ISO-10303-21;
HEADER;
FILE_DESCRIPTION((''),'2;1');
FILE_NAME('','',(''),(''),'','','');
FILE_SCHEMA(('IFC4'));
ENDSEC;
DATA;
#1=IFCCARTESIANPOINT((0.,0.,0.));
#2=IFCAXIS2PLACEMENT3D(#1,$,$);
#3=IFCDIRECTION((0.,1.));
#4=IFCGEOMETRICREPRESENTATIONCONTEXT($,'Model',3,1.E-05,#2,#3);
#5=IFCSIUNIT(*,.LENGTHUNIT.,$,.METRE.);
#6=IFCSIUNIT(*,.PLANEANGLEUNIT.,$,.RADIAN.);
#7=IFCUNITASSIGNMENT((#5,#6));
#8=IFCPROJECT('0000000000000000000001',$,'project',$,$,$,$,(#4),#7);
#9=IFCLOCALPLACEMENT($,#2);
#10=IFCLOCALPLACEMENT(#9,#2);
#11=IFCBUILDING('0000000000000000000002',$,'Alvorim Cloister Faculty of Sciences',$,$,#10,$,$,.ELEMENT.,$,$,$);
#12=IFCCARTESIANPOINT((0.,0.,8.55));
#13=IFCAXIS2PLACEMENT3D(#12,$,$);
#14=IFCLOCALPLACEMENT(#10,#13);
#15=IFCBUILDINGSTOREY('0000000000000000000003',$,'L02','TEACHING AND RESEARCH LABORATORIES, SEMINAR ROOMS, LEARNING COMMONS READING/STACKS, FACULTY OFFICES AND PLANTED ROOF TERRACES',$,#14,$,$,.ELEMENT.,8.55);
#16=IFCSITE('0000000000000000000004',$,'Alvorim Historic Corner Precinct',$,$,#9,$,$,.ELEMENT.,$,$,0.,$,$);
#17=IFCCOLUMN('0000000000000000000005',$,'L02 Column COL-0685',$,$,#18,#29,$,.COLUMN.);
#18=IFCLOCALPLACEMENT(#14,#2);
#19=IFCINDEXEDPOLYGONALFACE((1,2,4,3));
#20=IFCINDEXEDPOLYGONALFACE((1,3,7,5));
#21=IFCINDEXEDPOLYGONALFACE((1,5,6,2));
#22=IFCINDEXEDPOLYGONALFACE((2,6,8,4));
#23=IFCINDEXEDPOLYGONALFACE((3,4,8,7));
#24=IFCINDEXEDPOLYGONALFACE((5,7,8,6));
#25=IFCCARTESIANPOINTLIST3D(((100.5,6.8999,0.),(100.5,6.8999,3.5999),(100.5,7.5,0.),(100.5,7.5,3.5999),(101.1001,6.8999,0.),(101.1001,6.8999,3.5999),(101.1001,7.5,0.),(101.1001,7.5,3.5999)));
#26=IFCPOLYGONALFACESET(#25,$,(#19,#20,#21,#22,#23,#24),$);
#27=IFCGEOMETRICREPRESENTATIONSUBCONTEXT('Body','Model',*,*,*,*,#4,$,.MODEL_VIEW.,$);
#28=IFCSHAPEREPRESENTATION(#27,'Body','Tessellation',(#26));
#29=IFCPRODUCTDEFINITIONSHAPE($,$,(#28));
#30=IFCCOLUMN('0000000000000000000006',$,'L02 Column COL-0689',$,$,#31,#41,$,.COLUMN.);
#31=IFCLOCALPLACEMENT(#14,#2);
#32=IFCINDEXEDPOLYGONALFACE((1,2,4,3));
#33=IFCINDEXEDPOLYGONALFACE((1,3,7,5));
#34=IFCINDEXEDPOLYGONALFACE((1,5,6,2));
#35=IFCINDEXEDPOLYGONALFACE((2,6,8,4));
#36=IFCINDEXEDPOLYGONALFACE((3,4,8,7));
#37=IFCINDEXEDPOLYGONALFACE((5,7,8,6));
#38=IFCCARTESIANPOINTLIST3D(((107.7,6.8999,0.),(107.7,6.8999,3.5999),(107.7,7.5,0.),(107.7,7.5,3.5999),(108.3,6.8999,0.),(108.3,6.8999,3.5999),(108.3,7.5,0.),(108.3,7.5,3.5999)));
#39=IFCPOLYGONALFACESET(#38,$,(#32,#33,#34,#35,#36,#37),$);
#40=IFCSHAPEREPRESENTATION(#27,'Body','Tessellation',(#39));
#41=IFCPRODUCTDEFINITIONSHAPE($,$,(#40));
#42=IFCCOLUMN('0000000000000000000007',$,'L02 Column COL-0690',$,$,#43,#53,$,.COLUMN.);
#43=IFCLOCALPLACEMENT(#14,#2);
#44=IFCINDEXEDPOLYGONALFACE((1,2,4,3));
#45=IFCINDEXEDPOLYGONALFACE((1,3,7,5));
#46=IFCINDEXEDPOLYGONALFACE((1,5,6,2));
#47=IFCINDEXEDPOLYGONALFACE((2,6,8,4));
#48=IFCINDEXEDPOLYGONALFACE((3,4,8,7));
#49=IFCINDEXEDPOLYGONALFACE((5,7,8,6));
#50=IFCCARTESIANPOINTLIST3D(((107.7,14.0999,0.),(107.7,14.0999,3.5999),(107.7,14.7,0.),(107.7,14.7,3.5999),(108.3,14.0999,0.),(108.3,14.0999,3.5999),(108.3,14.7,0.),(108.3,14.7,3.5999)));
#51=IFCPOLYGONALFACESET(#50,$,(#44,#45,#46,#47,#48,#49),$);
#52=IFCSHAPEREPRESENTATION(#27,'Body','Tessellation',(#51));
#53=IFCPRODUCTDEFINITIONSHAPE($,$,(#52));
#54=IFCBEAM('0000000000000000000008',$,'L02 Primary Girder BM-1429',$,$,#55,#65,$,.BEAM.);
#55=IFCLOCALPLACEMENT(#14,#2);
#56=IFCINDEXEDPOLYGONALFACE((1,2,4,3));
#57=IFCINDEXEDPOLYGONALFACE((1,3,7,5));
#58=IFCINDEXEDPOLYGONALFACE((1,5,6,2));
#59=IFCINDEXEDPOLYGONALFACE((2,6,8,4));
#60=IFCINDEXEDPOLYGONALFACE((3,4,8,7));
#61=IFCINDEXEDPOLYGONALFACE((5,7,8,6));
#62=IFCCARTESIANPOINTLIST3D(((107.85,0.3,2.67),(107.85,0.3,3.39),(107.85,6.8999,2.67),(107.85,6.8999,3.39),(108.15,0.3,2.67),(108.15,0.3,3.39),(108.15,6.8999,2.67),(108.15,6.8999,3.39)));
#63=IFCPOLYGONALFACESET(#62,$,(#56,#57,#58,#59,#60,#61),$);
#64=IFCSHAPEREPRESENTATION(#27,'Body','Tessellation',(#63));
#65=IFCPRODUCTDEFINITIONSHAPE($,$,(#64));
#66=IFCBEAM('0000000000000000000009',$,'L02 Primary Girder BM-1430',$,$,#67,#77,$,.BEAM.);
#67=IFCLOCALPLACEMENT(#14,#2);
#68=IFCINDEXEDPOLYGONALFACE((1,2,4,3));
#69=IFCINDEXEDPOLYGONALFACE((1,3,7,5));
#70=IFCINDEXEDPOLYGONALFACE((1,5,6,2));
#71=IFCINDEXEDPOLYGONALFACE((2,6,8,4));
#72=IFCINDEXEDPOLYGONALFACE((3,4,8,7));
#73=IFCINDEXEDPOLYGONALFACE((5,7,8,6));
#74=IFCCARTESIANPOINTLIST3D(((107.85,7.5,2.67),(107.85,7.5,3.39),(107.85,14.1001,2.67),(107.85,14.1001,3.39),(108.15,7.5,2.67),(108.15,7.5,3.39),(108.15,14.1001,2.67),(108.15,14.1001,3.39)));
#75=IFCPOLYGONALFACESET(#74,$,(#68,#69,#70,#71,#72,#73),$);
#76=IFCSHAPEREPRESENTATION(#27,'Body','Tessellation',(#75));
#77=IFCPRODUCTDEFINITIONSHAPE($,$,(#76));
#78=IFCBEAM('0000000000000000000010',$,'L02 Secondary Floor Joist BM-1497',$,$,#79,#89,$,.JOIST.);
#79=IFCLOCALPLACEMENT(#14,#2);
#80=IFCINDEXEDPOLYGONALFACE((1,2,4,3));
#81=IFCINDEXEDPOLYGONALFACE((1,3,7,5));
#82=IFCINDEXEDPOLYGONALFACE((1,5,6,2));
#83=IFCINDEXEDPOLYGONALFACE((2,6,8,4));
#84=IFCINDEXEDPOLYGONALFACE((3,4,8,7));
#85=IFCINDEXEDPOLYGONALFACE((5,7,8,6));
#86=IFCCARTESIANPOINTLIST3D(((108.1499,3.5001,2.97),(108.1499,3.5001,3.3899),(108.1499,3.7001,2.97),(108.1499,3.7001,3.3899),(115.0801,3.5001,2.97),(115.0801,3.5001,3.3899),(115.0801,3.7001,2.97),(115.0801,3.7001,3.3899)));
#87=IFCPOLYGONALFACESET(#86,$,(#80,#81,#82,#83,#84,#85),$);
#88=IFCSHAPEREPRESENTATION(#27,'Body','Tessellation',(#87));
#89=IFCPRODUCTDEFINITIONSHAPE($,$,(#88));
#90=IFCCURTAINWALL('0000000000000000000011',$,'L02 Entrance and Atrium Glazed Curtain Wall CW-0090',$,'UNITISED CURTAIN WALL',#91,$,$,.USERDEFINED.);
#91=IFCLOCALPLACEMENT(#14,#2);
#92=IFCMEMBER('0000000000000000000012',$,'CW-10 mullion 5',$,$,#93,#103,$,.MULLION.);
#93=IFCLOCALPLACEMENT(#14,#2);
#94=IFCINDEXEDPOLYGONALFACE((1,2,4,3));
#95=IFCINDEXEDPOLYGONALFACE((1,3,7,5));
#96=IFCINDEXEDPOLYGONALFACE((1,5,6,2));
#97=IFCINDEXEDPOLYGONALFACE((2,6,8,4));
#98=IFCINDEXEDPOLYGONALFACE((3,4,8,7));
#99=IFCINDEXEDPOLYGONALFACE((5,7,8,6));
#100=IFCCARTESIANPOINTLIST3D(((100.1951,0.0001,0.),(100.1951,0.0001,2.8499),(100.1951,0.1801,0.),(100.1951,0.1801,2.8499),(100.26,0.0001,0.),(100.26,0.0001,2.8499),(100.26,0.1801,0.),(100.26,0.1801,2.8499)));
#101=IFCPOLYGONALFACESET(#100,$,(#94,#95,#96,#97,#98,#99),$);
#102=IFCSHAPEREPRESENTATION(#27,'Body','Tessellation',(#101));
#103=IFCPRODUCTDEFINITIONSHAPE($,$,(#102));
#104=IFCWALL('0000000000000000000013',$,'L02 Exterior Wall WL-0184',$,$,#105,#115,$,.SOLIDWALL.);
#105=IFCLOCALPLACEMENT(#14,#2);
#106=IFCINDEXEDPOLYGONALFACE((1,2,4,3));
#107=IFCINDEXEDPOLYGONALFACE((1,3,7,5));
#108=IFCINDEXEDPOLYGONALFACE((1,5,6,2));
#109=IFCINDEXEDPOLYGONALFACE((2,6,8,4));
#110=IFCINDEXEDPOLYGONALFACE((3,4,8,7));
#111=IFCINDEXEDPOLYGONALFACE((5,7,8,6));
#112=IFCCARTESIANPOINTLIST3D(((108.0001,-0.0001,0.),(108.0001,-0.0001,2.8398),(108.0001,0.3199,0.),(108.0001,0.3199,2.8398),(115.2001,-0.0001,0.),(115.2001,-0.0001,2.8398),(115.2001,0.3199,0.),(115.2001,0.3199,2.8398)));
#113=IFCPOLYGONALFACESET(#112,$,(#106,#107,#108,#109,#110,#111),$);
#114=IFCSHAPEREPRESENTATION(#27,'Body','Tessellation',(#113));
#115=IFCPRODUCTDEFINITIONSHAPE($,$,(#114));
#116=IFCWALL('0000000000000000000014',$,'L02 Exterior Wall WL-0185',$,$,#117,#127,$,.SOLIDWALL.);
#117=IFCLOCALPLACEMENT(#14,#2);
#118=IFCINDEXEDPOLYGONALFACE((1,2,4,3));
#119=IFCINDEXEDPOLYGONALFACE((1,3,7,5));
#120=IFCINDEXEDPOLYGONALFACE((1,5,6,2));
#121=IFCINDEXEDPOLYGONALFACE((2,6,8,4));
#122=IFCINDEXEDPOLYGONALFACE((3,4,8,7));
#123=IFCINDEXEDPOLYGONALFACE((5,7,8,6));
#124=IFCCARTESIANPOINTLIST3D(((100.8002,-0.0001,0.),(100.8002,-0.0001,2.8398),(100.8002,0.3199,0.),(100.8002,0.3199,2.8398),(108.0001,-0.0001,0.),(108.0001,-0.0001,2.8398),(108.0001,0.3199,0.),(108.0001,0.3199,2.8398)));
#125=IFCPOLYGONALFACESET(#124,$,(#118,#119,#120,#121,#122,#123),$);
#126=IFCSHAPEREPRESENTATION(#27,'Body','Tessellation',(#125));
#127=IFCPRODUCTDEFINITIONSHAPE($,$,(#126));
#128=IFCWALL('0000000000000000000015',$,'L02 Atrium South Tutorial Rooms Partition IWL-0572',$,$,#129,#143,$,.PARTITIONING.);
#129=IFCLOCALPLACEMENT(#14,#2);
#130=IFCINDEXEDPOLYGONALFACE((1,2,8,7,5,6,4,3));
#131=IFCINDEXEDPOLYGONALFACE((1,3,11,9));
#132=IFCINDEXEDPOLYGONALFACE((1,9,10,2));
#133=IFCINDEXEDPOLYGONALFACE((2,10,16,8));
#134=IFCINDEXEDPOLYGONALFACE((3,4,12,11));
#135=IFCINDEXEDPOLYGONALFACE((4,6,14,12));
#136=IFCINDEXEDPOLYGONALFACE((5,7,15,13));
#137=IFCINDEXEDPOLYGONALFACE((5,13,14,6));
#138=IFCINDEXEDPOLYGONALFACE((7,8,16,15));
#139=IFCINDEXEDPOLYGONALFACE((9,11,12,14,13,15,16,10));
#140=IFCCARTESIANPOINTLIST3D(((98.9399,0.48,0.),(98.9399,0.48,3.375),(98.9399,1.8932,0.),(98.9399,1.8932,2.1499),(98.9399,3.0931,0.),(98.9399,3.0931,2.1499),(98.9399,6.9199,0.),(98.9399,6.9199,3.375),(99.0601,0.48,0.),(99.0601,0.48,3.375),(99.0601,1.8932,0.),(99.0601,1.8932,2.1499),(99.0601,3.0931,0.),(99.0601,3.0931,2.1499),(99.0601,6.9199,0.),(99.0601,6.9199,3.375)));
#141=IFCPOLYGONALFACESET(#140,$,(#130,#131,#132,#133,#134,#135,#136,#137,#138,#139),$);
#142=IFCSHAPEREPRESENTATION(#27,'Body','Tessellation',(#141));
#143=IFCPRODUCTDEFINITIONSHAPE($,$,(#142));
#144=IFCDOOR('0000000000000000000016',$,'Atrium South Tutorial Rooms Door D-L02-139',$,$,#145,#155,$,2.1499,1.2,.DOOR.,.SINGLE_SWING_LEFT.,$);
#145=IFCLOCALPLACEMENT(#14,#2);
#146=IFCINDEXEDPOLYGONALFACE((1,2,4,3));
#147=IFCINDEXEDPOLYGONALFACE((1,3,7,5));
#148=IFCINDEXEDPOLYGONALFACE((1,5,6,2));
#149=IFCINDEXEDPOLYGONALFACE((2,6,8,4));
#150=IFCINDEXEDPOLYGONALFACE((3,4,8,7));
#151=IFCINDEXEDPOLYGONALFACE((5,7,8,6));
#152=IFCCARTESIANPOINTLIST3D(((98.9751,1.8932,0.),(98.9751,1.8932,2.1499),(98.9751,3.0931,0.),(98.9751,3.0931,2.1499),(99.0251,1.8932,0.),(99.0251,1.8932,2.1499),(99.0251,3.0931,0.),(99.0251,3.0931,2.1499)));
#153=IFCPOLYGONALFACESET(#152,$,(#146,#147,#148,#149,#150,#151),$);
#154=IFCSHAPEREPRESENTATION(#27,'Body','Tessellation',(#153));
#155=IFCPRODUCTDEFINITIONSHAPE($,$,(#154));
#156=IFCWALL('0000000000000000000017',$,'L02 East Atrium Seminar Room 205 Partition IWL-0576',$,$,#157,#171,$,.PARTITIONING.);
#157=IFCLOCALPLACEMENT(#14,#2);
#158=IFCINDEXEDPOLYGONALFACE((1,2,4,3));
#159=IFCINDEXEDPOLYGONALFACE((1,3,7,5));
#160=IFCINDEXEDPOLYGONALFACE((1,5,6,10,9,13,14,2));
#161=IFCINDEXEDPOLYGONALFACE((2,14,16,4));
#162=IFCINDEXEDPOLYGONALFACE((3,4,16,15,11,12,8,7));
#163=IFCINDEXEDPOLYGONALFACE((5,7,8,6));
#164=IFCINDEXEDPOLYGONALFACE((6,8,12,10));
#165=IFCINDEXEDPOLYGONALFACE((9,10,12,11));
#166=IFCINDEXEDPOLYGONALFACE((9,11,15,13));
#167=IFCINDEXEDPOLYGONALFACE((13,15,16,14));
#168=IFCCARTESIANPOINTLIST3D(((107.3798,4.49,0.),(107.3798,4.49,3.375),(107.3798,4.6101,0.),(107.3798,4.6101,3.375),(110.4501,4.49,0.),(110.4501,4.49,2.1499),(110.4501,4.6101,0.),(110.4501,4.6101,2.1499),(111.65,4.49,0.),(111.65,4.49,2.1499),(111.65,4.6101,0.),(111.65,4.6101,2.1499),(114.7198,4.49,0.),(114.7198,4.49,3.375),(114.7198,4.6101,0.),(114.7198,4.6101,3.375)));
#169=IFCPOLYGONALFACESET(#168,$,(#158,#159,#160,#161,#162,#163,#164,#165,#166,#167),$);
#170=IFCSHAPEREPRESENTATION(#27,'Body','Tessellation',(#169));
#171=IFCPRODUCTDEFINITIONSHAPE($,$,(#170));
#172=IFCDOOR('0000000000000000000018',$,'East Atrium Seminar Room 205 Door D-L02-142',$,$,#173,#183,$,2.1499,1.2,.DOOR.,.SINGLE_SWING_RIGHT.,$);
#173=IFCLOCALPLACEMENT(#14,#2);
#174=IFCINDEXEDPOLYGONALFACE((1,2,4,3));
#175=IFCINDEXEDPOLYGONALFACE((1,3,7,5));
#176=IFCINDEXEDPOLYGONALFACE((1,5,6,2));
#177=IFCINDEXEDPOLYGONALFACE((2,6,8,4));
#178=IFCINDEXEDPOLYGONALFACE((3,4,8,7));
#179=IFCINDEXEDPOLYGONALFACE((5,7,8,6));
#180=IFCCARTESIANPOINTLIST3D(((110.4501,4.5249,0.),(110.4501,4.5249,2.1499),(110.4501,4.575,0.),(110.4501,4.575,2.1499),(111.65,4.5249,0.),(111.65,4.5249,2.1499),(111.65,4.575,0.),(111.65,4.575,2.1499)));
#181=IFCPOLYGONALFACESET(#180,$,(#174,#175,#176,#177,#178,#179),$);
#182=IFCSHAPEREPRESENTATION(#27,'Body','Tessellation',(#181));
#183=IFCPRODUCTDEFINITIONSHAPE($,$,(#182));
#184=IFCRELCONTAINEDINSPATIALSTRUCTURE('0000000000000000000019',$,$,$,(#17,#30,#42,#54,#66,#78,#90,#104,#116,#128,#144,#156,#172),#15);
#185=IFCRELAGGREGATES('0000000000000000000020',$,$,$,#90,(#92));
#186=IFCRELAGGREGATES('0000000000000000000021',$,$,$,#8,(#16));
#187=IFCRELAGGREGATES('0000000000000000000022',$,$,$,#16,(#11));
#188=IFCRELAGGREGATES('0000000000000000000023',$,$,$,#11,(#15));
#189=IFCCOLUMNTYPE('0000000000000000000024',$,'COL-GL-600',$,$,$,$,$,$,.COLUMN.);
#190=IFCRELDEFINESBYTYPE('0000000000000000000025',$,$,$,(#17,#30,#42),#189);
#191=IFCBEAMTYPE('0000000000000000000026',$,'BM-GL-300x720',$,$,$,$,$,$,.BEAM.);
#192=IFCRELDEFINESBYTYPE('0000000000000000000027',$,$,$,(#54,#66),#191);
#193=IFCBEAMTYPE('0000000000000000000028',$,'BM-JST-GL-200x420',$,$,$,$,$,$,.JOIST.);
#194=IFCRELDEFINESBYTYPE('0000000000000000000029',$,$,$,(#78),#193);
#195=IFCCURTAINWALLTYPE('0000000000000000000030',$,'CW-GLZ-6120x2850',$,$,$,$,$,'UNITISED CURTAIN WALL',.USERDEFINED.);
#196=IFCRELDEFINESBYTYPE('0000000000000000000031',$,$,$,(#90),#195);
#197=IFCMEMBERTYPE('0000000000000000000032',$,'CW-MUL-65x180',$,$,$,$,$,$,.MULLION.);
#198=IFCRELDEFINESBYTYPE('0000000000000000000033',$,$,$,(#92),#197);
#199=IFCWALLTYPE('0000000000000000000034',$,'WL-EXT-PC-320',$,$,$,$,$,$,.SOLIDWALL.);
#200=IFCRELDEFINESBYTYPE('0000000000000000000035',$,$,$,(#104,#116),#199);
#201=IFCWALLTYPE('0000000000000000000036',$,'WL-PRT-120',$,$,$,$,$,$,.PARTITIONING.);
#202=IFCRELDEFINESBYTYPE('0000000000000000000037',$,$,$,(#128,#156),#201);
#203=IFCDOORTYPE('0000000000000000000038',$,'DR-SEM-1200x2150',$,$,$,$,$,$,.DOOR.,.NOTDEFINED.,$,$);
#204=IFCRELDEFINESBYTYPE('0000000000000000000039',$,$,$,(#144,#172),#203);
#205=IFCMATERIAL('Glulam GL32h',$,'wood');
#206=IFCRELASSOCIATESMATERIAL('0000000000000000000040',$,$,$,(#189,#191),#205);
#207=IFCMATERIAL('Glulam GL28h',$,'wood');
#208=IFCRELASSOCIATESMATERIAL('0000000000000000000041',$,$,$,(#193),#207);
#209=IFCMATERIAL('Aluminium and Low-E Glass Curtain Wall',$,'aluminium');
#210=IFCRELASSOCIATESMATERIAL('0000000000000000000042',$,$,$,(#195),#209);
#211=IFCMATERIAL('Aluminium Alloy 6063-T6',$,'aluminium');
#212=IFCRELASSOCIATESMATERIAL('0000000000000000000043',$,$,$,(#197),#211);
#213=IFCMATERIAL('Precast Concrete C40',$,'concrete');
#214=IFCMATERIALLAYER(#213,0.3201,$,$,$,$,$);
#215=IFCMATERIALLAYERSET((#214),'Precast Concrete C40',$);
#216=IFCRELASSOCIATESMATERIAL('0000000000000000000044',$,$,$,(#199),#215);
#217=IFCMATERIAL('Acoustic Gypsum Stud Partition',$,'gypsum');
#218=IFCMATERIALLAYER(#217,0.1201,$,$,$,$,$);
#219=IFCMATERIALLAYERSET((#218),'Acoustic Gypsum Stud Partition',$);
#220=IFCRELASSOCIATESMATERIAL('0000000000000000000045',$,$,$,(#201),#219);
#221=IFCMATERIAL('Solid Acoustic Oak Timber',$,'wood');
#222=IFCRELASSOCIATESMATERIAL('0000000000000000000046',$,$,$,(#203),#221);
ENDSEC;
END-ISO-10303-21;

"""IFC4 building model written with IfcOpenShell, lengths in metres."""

from ifc_helpers import new_model, si_unit, direction, frame, frame_2d, origin, origin_2d, place, context, subcontext, project, spatial, rectangle, extrude, material, layer, layer_set, material_profile, profile_set, type_object, element, fill, aggregate, save


model = new_model("IFC4")

# Units and contexts
model_context = context("Model", 3, precision=1e-05, world=origin(), true_north=direction((0.0, 1.0)))
body_context = subcontext(model_context, "Body", "Model", "MODEL_VIEW")
ifc_project = project(units=[si_unit("LENGTHUNIT", "METRE"), si_unit("PLANEANGLEUNIT", "RADIAN")], contexts=[model_context])

# Site, building, storey
site_placement = place(None, origin())
site = spatial("IfcSite", under=ifc_project, at=site_placement, Name="Alvorim Historic Corner Precinct", CompositionType="ELEMENT", RefElevation=0.0)
building_placement = place(site_placement, origin())
building = spatial("IfcBuilding", under=site, at=building_placement, Name="Alvorim Cloister Faculty of Sciences", CompositionType="ELEMENT")
storey_placement = place(building_placement, frame((0.0, 0.0, 8.55)))
storey = spatial("IfcBuildingStorey", under=building, at=storey_placement, Name="L02", Description="TEACHING AND RESEARCH LABORATORIES, SEMINAR ROOMS, LEARNING COMMONS READING/STACKS, FACULTY OFFICES AND PLANTED ROOF TERRACES", CompositionType="ELEMENT", Elevation=8.55)

# Columns
ifc_material_1 = material(Name="Glulam GL32h", Category="wood")
ifc_material_profile_1 = material_profile(ifc_material_1, rectangle(XDim=0.6001, YDim=0.6001, at=origin_2d()), Name="GL32-COL-600x600")
ifc_profile_set_1 = profile_set([ifc_material_profile_1], Name="Glulam GL32h")
column_type = type_object("IfcColumnType", Name="COL-GL-600", PredefinedType="COLUMN", material=ifc_profile_set_1)
for number, where, z_axis, x_axis, name in (
    (1, (100.8, 7.2, 0.0), (0.0, 0.0, 1.0), (1.0, 0.0, 0.0), "L02 Column COL-0685"),
    (2, (108.0, 7.2, 0.0), (0.0, 0.0, 1.0), (1.0, 0.0, 0.0), "L02 Column COL-0689"),
    (3, (108.0, 14.3999, 0.0), (0.0, 0.0, 1.0), (1.0, 0.0, 0.0), "L02 Column COL-0690"),
):
    element("IfcColumn", number, at=place(storey_placement, frame(where, z_axis=z_axis, x_axis=x_axis)), inside=storey, type_object=column_type, Name=name, PredefinedType="COLUMN", context=body_context, shape_type="SweptSolid", body=[
        extrude(rectangle(XDim=0.6001, YDim=0.6001, at=origin_2d()), origin(), (0.0, 0.0, 1.0), 3.5999),
    ])

# Beams
ifc_material_profile_2 = material_profile(ifc_material_1, rectangle(XDim=0.3, YDim=0.72, at=origin_2d()), Name="GL32-BM-300x720")
ifc_profile_set_2 = profile_set([ifc_material_profile_2], Name="Glulam GL32h")
beam_type_1 = type_object("IfcBeamType", Name="BM-GL-300x720", PredefinedType="BEAM", material=ifc_profile_set_2)
beam_1_placement = place(storey_placement, frame((108.0, 0.3, 3.03), z_axis=(0.0, 1.0, 0.0), x_axis=(-1.0, 0.0, 0.0)))
element("IfcBeam", 4, at=beam_1_placement, inside=storey, type_object=beam_type_1, Name="L02 Primary Girder BM-1429", PredefinedType="BEAM", context=body_context, shape_type="SweptSolid", body=[
    extrude(rectangle(XDim=0.3, YDim=0.72, at=origin_2d()), origin(), (0.0, 0.0, 1.0), 6.5999),
])
beam_2_placement = place(storey_placement, frame((108.0, 7.5, 3.03), z_axis=(0.0, 1.0, 0.0), x_axis=(-1.0, 0.0, 0.0)))
element("IfcBeam", 5, at=beam_2_placement, inside=storey, type_object=beam_type_1, Name="L02 Primary Girder BM-1430", PredefinedType="BEAM", context=body_context, shape_type="SweptSolid", body=[
    extrude(rectangle(XDim=0.3, YDim=0.72, at=origin_2d()), origin(), (0.0, 0.0, 1.0), 6.6001),
])
ifc_material_2 = material(Name="Glulam GL28h", Category="wood")
ifc_material_profile_3 = material_profile(ifc_material_2, rectangle(XDim=0.2, YDim=0.4199, at=origin_2d()), Name="GL28-JST-200x420")
ifc_profile_set_3 = profile_set([ifc_material_profile_3], Name="Glulam GL28h")
beam_type_2 = type_object("IfcBeamType", Name="BM-JST-GL-200x420", PredefinedType="JOIST", material=ifc_profile_set_3)
beam_3_placement = place(storey_placement, frame((108.1499, 3.6001, 3.1799), z_axis=(1.0, 0.0, 0.0), x_axis=(0.0, 1.0, 0.0)))
element("IfcBeam", 6, at=beam_3_placement, inside=storey, type_object=beam_type_2, Name="L02 Secondary Floor Joist BM-1497", PredefinedType="JOIST", context=body_context, shape_type="SweptSolid", body=[
    extrude(rectangle(XDim=0.2, YDim=0.4199, at=origin_2d()), origin(), (0.0, 0.0, 1.0), 6.9302),
])

# Curtain wall, member
ifc_material_3 = material(Name="Aluminium and Low-E Glass Curtain Wall", Category="aluminium")
curtain_wall_type = type_object("IfcCurtainWallType", Name="CW-GLZ-6120x2850", ElementType="UNITISED CURTAIN WALL", PredefinedType="USERDEFINED", material=ifc_material_3)
curtain_wall_placement = place(storey_placement, origin())
curtain_wall = element("IfcCurtainWall", 7, at=curtain_wall_placement, inside=storey, type_object=curtain_wall_type, Name="L02 Entrance and Atrium Glazed Curtain Wall CW-0090", ObjectType="UNITISED CURTAIN WALL", PredefinedType="USERDEFINED")
ifc_material_4 = material(Name="Aluminium Alloy 6063-T6", Category="aluminium")
ifc_material_profile_4 = material_profile(ifc_material_4, rectangle(XDim=0.0649, YDim=0.1799, at=origin_2d()), Name="ALU-MUL-65x180")
ifc_profile_set_4 = profile_set([ifc_material_profile_4], Name="Aluminium Alloy 6063-T6")
member_type = type_object("IfcMemberType", Name="CW-MUL-65x180", PredefinedType="MULLION", material=ifc_profile_set_4)
member_placement = place(storey_placement, frame((100.2275, 0.0901, 0.0), z_axis=(0.0, 0.0, 1.0), x_axis=(1.0, 0.0, 0.0)))
member = element("IfcMember", 8, at=member_placement, type_object=member_type, Name="CW-10 mullion 5", PredefinedType="MULLION", context=body_context, shape_type="SweptSolid", body=[
    extrude(rectangle(XDim=0.0649, YDim=0.1799, at=origin_2d()), origin(), (0.0, 0.0, 1.0), 2.8499),
])
aggregate(curtain_wall, [member])

# Walls
ifc_material_5 = material(Name="Precast Concrete C40", Category="concrete")
ifc_layer_1 = layer(ifc_material_5, 0.3201)
ifc_layer_set_1 = layer_set([ifc_layer_1], Name="Precast Concrete C40")
wall_type_1 = type_object("IfcWallType", Name="WL-EXT-PC-320", PredefinedType="SOLIDWALL", material=ifc_layer_set_1)
for number, where, z_axis, x_axis, name in (
    (9, (108.0, 0.1599, 0.0), (0.0, 0.0, 1.0), (1.0, 0.0, 0.0), "L02 Exterior Wall WL-0184"),
    (10, (100.8, 0.1599, 0.0), (0.0, 0.0, 1.0), (1.0, 0.0, 0.0), "L02 Exterior Wall WL-0185"),
):
    element("IfcWall", number, at=place(storey_placement, frame(where, z_axis=z_axis, x_axis=x_axis)), inside=storey, type_object=wall_type_1, Name=name, PredefinedType="SOLIDWALL", context=body_context, shape_type="SweptSolid", body=[
        extrude(rectangle(XDim=7.2, YDim=0.3201, at=frame_2d((3.6001, 0.0))), origin(), (0.0, 0.0, 1.0), 2.8398),
    ])

# Walls, openings, doors
ifc_material_6 = material(Name="Acoustic Gypsum Stud Partition", Category="gypsum")
ifc_layer_2 = layer(ifc_material_6, 0.1201)
ifc_layer_set_2 = layer_set([ifc_layer_2], Name="Acoustic Gypsum Stud Partition")
wall_type_2 = type_object("IfcWallType", Name="WL-PRT-120", PredefinedType="PARTITIONING", material=ifc_layer_set_2)
wall_1_placement = place(storey_placement, frame((99.0, 0.48, 0.0), z_axis=(0.0, 0.0, 1.0), x_axis=(0.0, 1.0, 0.0)))
wall_1 = element("IfcWall", 11, at=wall_1_placement, inside=storey, type_object=wall_type_2, Name="L02 Atrium South Tutorial Rooms Partition IWL-0572", PredefinedType="PARTITIONING", context=body_context, shape_type="SweptSolid", body=[
    extrude(rectangle(XDim=6.4399, YDim=0.1201, at=frame_2d((3.22, 0.0))), origin(), (0.0, 0.0, 1.0), 3.375),
])
opening_1_placement = place(wall_1_placement, frame((1.4131, 0.0, 0.0)))
opening_1 = element("IfcOpeningElement", 12, at=opening_1_placement, cuts=wall_1, PredefinedType="OPENING", context=body_context, shape_type="SweptSolid", body=[
    extrude(rectangle(XDim=1.2, YDim=2.1499, at=frame_2d((0.6001, 1.075))), frame((0.0, 0.072, 0.0), z_axis=(0.0, -1.0, 0.0), x_axis=(1.0, 0.0, 0.0)), (0.0, 0.0, 1.0), 0.144),
])
ifc_material_7 = material(Name="Solid Acoustic Oak Timber", Category="wood")
door_type_1 = type_object("IfcDoorType", Name="DR-SEM-1200x2150", OperationType="NOTDEFINED", PredefinedType="DOOR", material=ifc_material_7)
door_1_placement = place(opening_1_placement, origin())
door_1 = element("IfcDoor", 13, at=door_1_placement, inside=storey, type_object=door_type_1, Name="Atrium South Tutorial Rooms Door D-L02-139", OperationType="SINGLE_SWING_LEFT", OverallHeight=2.1499, OverallWidth=1.2, PredefinedType="DOOR", context=body_context, shape_type="SweptSolid", body=[
    extrude(rectangle(XDim=1.2, YDim=2.1499, at=frame_2d((0.6001, 1.075))), frame((0.0, 0.0249, 0.0), z_axis=(0.0, -1.0, 0.0), x_axis=(1.0, 0.0, 0.0)), (0.0, 0.0, 1.0), 0.05),
])
fill(opening_1, door_1)
wall_2_placement = place(storey_placement, frame((107.3799, 4.55, 0.0), z_axis=(0.0, 0.0, 1.0), x_axis=(1.0, 0.0, 0.0)))
wall_2 = element("IfcWall", 14, at=wall_2_placement, inside=storey, type_object=wall_type_2, Name="L02 East Atrium Seminar Room 205 Partition IWL-0576", PredefinedType="PARTITIONING", context=body_context, shape_type="SweptSolid", body=[
    extrude(rectangle(XDim=7.3401, YDim=0.1201, at=frame_2d((3.6699, 0.0))), origin(), (0.0, 0.0, 1.0), 3.375),
])
opening_2_placement = place(wall_2_placement, frame((3.0701, 0.0, 0.0)))
opening_2 = element("IfcOpeningElement", 15, at=opening_2_placement, cuts=wall_2, PredefinedType="OPENING", context=body_context, shape_type="SweptSolid", body=[
    extrude(rectangle(XDim=1.2, YDim=2.1499, at=frame_2d((0.6001, 1.075))), frame((0.0, 0.072, 0.0), z_axis=(0.0, -1.0, 0.0), x_axis=(1.0, 0.0, 0.0)), (0.0, 0.0, 1.0), 0.144),
])
door_2_placement = place(opening_2_placement, origin())
door_2 = element("IfcDoor", 16, at=door_2_placement, inside=storey, type_object=door_type_1, Name="East Atrium Seminar Room 205 Door D-L02-142", OperationType="SINGLE_SWING_RIGHT", OverallHeight=2.1499, OverallWidth=1.2, PredefinedType="DOOR", context=body_context, shape_type="SweptSolid", body=[
    extrude(rectangle(XDim=1.2, YDim=2.1499, at=frame_2d((0.6001, 1.075))), frame((0.0, 0.0249, 0.0), z_axis=(0.0, -1.0, 0.0), x_axis=(1.0, 0.0, 0.0)), (0.0, 0.0, 1.0), 0.05),
])
fill(opening_2, door_2)

save(model, "model.ifc")
